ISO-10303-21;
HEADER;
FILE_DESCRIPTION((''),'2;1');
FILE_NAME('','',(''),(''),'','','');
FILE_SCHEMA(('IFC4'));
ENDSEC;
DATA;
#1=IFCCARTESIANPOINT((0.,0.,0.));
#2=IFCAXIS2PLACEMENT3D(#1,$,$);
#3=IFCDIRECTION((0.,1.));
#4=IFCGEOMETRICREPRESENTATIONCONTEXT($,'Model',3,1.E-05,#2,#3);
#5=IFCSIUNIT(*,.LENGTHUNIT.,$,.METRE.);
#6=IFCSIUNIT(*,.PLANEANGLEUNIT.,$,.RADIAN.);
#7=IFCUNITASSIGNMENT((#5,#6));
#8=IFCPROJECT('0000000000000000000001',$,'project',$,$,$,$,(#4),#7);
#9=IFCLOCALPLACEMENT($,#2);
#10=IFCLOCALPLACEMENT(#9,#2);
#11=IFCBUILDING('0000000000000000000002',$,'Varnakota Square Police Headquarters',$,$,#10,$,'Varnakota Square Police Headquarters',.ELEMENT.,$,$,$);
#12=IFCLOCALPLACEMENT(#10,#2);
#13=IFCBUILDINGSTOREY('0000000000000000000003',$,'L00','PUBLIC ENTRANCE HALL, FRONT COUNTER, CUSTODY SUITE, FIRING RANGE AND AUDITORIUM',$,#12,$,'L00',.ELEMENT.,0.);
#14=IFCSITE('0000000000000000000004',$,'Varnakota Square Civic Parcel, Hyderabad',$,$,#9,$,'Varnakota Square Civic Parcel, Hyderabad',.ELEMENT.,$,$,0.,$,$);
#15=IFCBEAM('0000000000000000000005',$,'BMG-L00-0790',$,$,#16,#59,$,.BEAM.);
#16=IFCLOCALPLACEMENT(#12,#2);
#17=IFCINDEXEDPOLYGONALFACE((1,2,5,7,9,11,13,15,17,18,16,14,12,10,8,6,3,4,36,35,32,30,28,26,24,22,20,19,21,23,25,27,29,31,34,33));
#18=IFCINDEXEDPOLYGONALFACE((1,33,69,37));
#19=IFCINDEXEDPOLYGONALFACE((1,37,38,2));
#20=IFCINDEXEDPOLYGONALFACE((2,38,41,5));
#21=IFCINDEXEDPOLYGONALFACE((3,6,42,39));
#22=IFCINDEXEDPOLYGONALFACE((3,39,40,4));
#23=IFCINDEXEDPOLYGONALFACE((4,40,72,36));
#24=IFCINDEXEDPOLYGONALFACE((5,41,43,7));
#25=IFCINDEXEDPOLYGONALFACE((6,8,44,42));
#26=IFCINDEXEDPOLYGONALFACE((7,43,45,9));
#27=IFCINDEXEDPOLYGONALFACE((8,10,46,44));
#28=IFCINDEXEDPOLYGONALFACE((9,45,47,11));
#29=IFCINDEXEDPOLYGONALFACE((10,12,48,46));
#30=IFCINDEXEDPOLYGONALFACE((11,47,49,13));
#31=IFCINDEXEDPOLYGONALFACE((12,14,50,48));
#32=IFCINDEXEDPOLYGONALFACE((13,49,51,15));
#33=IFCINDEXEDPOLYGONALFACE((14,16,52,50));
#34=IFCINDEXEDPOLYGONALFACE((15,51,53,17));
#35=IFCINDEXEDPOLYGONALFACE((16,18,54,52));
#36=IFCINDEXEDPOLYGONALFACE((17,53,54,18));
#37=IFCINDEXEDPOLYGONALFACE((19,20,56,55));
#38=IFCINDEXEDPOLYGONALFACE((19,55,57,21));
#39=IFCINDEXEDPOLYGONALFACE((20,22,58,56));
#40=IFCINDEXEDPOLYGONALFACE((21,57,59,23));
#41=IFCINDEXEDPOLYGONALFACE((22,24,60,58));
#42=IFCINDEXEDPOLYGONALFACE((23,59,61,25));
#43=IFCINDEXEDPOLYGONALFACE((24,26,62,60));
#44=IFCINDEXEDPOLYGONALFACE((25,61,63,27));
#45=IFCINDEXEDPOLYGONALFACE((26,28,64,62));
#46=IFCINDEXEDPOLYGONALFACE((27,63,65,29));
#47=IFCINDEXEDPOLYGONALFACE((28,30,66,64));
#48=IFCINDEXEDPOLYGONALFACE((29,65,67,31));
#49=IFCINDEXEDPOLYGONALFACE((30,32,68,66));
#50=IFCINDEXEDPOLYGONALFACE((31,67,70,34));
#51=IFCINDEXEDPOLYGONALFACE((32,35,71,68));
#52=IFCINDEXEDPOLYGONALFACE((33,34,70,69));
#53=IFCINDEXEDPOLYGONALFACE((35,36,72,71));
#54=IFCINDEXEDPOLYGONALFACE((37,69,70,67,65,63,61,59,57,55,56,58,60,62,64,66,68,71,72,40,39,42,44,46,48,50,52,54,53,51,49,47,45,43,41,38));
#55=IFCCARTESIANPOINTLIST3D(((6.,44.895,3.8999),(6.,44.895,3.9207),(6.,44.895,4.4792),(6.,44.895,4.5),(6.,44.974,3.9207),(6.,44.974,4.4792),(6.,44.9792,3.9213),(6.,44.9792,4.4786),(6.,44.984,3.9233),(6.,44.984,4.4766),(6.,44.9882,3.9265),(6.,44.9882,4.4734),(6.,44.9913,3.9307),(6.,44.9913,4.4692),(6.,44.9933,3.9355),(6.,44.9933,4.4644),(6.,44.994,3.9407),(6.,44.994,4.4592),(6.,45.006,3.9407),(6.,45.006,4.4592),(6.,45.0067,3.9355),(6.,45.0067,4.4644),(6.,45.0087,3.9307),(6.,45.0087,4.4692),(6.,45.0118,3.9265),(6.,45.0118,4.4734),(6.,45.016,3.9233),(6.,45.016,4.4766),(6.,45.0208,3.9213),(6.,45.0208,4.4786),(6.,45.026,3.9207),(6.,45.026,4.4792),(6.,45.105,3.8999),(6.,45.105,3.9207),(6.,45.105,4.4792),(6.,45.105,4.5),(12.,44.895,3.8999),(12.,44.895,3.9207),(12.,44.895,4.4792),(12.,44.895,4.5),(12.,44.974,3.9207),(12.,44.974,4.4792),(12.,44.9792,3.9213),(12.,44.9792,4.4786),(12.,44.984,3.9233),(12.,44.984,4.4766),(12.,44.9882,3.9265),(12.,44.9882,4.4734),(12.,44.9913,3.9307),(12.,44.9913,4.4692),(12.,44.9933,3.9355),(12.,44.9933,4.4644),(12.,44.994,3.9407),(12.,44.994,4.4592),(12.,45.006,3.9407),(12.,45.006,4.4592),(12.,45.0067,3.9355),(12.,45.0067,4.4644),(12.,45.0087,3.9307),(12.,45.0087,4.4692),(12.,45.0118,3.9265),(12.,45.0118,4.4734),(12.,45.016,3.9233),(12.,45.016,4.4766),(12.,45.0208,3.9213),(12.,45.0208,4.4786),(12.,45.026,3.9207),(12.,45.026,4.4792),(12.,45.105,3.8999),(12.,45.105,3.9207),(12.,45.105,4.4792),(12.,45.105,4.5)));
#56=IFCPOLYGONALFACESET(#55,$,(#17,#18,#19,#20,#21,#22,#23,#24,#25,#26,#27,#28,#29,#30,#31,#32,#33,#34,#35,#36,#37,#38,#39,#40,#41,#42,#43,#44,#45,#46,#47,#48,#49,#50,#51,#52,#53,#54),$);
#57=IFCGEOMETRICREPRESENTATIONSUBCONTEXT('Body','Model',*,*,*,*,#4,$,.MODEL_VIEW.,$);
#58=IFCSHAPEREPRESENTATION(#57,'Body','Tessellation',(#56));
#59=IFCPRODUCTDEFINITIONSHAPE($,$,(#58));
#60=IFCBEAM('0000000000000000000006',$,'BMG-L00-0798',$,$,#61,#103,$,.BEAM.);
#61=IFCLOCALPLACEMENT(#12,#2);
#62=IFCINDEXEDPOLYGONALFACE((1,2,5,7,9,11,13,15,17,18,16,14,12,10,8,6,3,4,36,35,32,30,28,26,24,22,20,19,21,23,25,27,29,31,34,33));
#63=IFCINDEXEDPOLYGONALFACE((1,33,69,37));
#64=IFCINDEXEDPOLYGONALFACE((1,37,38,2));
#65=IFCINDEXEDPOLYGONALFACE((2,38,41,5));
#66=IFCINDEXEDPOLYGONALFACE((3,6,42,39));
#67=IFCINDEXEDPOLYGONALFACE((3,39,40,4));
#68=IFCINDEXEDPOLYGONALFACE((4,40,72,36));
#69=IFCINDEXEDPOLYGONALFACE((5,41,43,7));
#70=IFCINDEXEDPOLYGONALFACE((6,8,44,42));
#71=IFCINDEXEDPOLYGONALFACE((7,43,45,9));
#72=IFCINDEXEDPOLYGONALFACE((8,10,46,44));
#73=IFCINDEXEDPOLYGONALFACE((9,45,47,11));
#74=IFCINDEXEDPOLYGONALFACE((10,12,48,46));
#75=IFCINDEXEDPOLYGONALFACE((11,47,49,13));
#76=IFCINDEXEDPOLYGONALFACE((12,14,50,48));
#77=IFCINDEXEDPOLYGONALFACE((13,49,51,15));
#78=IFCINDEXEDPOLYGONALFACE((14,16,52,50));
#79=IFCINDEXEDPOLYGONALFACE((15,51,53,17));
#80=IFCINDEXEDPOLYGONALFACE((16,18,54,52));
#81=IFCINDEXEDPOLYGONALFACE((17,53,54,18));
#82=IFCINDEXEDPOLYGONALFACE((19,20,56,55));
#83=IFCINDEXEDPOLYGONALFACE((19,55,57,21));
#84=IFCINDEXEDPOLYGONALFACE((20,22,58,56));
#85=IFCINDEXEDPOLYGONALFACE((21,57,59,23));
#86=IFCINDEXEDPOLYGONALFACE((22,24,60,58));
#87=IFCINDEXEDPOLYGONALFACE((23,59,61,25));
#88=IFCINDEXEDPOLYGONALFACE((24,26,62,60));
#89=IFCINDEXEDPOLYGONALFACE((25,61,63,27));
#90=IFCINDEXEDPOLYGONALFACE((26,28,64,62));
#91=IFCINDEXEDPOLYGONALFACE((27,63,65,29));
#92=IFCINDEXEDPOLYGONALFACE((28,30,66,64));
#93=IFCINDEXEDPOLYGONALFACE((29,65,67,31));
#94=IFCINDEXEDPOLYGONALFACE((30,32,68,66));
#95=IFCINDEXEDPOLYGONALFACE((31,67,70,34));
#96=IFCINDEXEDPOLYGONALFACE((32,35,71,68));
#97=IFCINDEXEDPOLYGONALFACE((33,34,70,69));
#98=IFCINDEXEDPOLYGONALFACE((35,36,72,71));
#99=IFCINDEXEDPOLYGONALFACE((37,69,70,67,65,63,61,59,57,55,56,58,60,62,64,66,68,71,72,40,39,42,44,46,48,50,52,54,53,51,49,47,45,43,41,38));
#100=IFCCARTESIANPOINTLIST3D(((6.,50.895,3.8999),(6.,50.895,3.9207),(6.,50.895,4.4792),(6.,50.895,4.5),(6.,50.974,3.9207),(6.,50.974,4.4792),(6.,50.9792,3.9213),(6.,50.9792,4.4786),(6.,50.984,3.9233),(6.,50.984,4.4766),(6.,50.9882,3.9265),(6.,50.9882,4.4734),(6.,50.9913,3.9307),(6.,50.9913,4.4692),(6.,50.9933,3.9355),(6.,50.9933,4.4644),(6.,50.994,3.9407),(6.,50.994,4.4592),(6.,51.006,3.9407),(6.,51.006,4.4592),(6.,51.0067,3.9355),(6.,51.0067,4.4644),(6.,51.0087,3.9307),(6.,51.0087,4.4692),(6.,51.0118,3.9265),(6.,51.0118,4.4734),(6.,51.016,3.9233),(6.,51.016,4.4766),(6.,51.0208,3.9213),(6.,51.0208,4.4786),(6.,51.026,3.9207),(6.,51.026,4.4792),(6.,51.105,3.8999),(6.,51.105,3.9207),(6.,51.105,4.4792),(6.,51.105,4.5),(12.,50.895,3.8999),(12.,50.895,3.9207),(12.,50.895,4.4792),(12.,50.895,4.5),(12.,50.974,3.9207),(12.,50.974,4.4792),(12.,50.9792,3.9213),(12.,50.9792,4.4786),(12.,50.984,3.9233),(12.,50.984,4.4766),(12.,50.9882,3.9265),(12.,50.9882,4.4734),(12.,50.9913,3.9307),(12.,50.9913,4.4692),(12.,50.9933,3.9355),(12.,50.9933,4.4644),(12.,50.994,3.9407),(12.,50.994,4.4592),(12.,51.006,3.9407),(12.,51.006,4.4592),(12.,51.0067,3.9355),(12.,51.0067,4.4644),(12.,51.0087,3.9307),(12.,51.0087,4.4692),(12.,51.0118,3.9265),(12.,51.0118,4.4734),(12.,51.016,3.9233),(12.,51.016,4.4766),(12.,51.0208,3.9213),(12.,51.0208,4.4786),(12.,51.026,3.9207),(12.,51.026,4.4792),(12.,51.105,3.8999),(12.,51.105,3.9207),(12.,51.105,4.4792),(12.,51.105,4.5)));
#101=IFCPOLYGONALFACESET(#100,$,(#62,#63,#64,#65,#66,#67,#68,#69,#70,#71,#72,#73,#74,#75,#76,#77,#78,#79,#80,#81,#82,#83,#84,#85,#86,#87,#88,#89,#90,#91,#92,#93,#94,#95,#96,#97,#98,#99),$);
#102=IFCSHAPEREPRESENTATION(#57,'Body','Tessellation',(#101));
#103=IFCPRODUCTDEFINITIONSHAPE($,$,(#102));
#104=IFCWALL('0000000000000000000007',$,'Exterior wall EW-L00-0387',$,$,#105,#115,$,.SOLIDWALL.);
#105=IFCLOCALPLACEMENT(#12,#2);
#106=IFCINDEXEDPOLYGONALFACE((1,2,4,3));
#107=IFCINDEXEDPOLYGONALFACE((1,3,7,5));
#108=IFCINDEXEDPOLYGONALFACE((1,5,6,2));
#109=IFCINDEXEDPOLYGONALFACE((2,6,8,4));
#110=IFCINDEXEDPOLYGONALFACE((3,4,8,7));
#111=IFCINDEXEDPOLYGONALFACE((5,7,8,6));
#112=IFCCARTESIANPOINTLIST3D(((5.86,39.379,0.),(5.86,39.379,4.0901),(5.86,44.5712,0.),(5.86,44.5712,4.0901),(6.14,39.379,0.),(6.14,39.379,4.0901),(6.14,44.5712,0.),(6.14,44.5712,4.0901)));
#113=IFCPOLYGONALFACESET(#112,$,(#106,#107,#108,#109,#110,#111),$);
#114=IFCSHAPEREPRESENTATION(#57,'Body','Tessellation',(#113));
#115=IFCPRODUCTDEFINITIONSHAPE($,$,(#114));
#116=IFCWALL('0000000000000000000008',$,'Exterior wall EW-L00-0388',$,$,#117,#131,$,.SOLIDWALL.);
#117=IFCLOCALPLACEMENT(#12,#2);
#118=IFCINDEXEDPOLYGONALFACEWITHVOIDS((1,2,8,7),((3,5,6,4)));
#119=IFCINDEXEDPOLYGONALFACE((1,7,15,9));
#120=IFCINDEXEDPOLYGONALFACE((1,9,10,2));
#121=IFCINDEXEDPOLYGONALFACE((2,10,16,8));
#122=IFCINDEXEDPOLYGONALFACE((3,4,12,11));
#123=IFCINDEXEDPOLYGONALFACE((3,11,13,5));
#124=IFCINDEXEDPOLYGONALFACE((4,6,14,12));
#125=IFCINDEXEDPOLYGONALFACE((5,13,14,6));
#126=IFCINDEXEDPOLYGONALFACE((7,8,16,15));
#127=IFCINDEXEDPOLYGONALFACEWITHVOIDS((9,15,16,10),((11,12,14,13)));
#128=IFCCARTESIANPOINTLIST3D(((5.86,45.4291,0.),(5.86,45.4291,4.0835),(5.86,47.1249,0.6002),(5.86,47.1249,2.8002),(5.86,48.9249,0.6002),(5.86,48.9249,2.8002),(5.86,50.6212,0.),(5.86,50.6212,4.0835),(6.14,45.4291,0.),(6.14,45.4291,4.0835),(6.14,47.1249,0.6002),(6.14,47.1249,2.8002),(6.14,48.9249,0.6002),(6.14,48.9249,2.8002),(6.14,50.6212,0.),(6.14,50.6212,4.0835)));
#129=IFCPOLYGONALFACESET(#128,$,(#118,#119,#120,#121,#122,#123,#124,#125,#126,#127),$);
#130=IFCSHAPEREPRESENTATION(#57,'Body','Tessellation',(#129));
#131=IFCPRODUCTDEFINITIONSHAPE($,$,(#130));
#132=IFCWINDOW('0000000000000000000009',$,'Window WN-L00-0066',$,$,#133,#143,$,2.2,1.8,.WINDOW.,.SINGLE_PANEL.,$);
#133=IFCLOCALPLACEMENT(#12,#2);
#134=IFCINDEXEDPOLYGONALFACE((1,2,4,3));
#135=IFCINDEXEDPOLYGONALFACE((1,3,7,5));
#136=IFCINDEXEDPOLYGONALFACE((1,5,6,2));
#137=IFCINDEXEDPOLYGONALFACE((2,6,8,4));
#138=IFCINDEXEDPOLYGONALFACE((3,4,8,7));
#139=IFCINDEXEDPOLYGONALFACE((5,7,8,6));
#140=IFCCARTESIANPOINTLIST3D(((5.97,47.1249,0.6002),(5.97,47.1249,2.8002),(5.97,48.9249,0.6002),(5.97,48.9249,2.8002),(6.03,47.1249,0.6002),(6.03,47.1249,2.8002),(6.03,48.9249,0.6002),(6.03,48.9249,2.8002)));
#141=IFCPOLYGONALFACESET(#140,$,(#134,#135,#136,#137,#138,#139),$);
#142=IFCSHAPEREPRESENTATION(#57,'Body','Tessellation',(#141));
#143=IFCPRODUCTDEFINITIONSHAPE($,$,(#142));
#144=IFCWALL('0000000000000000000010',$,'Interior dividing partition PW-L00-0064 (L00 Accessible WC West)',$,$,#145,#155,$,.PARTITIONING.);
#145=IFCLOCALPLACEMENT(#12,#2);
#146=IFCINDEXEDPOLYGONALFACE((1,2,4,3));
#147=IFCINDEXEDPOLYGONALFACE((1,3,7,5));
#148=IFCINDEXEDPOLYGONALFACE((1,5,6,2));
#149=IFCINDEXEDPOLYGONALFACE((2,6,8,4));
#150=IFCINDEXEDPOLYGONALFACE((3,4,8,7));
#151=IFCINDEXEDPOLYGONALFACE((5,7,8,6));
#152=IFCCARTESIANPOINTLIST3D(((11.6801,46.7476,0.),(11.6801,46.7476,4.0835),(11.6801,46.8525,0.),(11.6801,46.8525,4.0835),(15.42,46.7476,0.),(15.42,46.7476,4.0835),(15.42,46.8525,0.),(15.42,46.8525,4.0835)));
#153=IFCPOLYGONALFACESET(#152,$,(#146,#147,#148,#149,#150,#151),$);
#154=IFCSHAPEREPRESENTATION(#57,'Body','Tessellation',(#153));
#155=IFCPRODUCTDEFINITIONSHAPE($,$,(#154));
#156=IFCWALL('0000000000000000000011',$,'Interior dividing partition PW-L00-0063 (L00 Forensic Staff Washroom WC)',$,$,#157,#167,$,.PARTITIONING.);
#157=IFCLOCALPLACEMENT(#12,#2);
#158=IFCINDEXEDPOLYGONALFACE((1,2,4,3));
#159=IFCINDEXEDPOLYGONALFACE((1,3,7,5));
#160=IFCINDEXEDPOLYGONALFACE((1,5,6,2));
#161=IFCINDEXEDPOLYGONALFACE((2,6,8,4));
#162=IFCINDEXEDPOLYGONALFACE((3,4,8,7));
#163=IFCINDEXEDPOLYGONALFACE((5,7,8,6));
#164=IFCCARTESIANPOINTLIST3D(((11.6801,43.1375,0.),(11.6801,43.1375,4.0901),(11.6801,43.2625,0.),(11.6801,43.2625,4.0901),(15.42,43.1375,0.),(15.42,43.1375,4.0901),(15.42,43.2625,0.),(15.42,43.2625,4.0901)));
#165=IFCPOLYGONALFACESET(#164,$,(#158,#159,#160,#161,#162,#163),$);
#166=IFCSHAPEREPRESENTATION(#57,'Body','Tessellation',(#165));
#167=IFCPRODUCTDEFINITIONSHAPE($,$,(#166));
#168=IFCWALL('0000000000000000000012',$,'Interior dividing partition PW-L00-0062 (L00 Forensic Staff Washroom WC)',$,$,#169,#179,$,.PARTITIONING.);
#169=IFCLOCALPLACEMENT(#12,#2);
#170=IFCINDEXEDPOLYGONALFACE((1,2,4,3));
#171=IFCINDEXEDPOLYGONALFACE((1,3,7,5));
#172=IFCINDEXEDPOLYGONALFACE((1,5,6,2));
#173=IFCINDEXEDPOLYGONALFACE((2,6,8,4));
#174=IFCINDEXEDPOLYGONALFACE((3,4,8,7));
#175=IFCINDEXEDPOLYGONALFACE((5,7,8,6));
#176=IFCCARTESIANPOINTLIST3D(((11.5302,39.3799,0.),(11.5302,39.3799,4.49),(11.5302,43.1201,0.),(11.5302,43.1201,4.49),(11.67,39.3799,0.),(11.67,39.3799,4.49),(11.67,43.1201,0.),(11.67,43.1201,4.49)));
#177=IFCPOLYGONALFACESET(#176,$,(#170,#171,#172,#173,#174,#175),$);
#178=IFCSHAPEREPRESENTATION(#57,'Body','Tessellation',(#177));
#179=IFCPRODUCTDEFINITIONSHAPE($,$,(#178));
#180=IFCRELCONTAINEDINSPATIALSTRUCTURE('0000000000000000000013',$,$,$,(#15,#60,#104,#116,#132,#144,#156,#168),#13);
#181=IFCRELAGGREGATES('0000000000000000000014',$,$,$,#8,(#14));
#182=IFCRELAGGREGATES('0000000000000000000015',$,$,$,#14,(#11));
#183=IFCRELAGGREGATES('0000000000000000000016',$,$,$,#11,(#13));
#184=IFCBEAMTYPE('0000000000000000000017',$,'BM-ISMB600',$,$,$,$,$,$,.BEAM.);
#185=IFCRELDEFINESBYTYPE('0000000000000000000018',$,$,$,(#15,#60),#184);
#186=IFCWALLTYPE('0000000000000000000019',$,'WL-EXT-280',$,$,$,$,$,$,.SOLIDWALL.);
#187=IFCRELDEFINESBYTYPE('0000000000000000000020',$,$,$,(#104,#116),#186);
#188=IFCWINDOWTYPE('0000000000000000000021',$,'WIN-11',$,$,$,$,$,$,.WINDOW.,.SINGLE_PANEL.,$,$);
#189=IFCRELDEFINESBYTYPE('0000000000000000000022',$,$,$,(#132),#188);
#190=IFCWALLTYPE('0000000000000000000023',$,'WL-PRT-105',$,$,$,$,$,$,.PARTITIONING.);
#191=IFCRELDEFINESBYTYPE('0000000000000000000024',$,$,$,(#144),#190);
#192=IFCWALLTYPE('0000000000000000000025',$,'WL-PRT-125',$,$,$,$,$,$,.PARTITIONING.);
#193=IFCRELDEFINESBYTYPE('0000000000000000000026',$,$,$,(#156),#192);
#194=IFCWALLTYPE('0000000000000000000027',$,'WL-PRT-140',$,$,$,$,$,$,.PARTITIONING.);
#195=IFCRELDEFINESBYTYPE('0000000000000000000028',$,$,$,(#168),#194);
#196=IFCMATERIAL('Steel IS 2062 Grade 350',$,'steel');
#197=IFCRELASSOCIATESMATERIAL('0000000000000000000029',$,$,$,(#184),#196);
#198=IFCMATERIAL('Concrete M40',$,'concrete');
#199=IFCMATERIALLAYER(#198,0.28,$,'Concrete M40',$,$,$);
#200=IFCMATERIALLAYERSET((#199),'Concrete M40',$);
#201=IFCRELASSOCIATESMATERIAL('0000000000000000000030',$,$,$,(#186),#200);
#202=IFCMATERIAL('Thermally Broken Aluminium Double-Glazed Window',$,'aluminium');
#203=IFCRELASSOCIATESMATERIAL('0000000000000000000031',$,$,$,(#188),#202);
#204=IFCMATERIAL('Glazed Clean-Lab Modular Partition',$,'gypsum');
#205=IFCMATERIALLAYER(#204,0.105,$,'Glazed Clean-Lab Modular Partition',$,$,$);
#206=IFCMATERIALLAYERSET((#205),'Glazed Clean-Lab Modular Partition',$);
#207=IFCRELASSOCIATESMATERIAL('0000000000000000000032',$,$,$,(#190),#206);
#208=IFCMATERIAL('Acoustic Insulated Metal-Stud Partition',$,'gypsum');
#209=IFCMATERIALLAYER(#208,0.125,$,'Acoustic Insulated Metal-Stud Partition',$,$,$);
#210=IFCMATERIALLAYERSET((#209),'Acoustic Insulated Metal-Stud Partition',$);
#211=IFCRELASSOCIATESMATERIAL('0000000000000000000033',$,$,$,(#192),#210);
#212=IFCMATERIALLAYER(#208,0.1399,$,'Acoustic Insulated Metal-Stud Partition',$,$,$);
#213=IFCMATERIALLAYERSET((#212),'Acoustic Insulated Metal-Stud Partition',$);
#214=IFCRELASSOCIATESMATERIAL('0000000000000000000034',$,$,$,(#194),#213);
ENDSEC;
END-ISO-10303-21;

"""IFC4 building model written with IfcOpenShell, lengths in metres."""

from ifc_helpers import new_model, si_unit, direction, frame, frame_2d, origin, origin_2d, place, context, subcontext, project, spatial, rectangle, i_section, extrude, material, layer, layer_set, material_profile, profile_set, type_object, element, fill, save


model = new_model("IFC4")

# Units and contexts
model_context = context("Model", 3, precision=1e-05, world=origin(), true_north=direction((0.0, 1.0)))
body_context = subcontext(model_context, "Body", "Model", "MODEL_VIEW")
ifc_project = project(units=[si_unit("LENGTHUNIT", "METRE"), si_unit("PLANEANGLEUNIT", "RADIAN")], contexts=[model_context])

# Site, building, storey
site_placement = place(None, origin())
site = spatial("IfcSite", under=ifc_project, at=site_placement, Name="Varnakota Square Civic Parcel, Hyderabad", LongName="Varnakota Square Civic Parcel, Hyderabad", CompositionType="ELEMENT", RefElevation=0.0)
building_placement = place(site_placement, origin())
building = spatial("IfcBuilding", under=site, at=building_placement, Name="Varnakota Square Police Headquarters", LongName="Varnakota Square Police Headquarters", CompositionType="ELEMENT")
storey_placement = place(building_placement, origin())
storey = spatial("IfcBuildingStorey", under=building, at=storey_placement, Name="L00", Description="PUBLIC ENTRANCE HALL, FRONT COUNTER, CUSTODY SUITE, FIRING RANGE AND AUDITORIUM", LongName="L00", CompositionType="ELEMENT", Elevation=0.0)

# Beams
ifc_material_1 = material(Name="Steel IS 2062 Grade 350", Category="steel")
ifc_material_profile_1 = material_profile(ifc_material_1, i_section(OverallWidth=0.21, OverallDepth=0.6001, WebThickness=0.012, FlangeThickness=0.0208, FilletRadius=0.02, at=origin_2d()), Name="ISMB 600")
ifc_profile_set_1 = profile_set([ifc_material_profile_1], Name="Steel IS 2062 Grade 350")
beam_type_1 = type_object("IfcBeamType", Name="BM-ISMB600", PredefinedType="BEAM", material=ifc_profile_set_1)
for number, where, z_axis, x_axis, name in (
    (1, (6.0, 45.0, 4.2), (1.0, 0.0, 0.0), (0.0, 1.0, 0.0), "BMG-L00-0790"),
    (2, (6.0, 51.0, 4.2), (1.0, 0.0, 0.0), (0.0, 1.0, 0.0), "BMG-L00-0798"),
):
    element("IfcBeam", number, at=place(storey_placement, frame(where, z_axis=z_axis, x_axis=x_axis)), inside=storey, type_object=beam_type_1, Name=name, PredefinedType="BEAM", context=body_context, shape_type="SweptSolid", body=[
        extrude(i_section(OverallWidth=0.21, OverallDepth=0.6001, WebThickness=0.012, FlangeThickness=0.0208, FilletRadius=0.02, at=origin_2d()), origin(), (0.0, 0.0, 1.0), 6.0),
    ])

# Wall
ifc_material_2 = material(Name="Concrete M40", Category="concrete")
ifc_layer_1 = layer(ifc_material_2, 0.28, Name="Concrete M40")
ifc_layer_set_1 = layer_set([ifc_layer_1], Name="Concrete M40")
wall_type_1 = type_object("IfcWallType", Name="WL-EXT-280", PredefinedType="SOLIDWALL", material=ifc_layer_set_1)
wall_1_placement = place(storey_placement, frame((6.0, 39.3789, 0.0), z_axis=(0.0, 0.0, 1.0), x_axis=(0.0, 1.0, 0.0)))
element("IfcWall", 3, at=wall_1_placement, inside=storey, type_object=wall_type_1, Name="Exterior wall EW-L00-0387", PredefinedType="SOLIDWALL", context=body_context, shape_type="SweptSolid", body=[
    extrude(rectangle(XDim=5.1921, YDim=0.28, at=frame_2d((2.5962, 0.0))), origin(), (0.0, 0.0, 1.0), 4.0901),
])

# Wall, opening, window
wall_2_placement = place(storey_placement, frame((6.0, 45.429, 0.0), z_axis=(0.0, 0.0, 1.0), x_axis=(0.0, 1.0, 0.0)))
wall_2 = element("IfcWall", 4, at=wall_2_placement, inside=storey, type_object=wall_type_1, Name="Exterior wall EW-L00-0388", PredefinedType="SOLIDWALL", context=body_context, shape_type="SweptSolid", body=[
    extrude(rectangle(XDim=5.1921, YDim=0.28, at=frame_2d((2.5962, 0.0))), origin(), (0.0, 0.0, 1.0), 4.0835),
])
opening_placement = place(wall_2_placement, frame((1.696, 0.0, 0.6001)))
opening = element("IfcOpeningElement", 5, at=opening_placement, cuts=wall_2, PredefinedType="OPENING", context=body_context, shape_type="SweptSolid", body=[
    extrude(rectangle(XDim=1.8, YDim=2.2, at=frame_2d((0.8999, 1.1001))), frame((0.0, 0.1499, 0.0), z_axis=(0.0, -1.0, 0.0), x_axis=(1.0, 0.0, 0.0)), (0.0, 0.0, 1.0), 0.3),
])
ifc_material_3 = material(Name="Thermally Broken Aluminium Double-Glazed Window", Category="aluminium")
window_type = type_object("IfcWindowType", Name="WIN-11", PartitioningType="SINGLE_PANEL", PredefinedType="WINDOW", material=ifc_material_3)
window_placement = place(opening_placement, origin())
window = element("IfcWindow", 6, at=window_placement, inside=storey, type_object=window_type, Name="Window WN-L00-0066", OverallHeight=2.2, OverallWidth=1.8, PartitioningType="SINGLE_PANEL", PredefinedType="WINDOW", context=body_context, shape_type="SweptSolid", body=[
    extrude(rectangle(XDim=1.8, YDim=2.2, at=frame_2d((0.8999, 1.1001))), frame((0.0, 0.03, 0.0), z_axis=(0.0, -1.0, 0.0), x_axis=(1.0, 0.0, 0.0)), (0.0, 0.0, 1.0), 0.0601),
])
fill(opening, window)

# Walls
ifc_material_4 = material(Name="Glazed Clean-Lab Modular Partition", Category="gypsum")
ifc_layer_2 = layer(ifc_material_4, 0.105, Name="Glazed Clean-Lab Modular Partition")
ifc_layer_set_2 = layer_set([ifc_layer_2], Name="Glazed Clean-Lab Modular Partition")
wall_type_2 = type_object("IfcWallType", Name="WL-PRT-105", PredefinedType="PARTITIONING", material=ifc_layer_set_2)
wall_3_placement = place(storey_placement, frame((11.6799, 46.8, 0.0), z_axis=(0.0, 0.0, 1.0), x_axis=(1.0, 0.0, 0.0)))
element("IfcWall", 7, at=wall_3_placement, inside=storey, type_object=wall_type_2, Name="Interior dividing partition PW-L00-0064 (L00 Accessible WC West)", PredefinedType="PARTITIONING", context=body_context, shape_type="SweptSolid", body=[
    extrude(rectangle(XDim=3.74, YDim=0.105, at=frame_2d((1.8701, 0.0))), origin(), (0.0, 0.0, 1.0), 4.0835),
])
ifc_material_5 = material(Name="Acoustic Insulated Metal-Stud Partition", Category="gypsum")
ifc_layer_3 = layer(ifc_material_5, 0.125, Name="Acoustic Insulated Metal-Stud Partition")
ifc_layer_set_3 = layer_set([ifc_layer_3], Name="Acoustic Insulated Metal-Stud Partition")
wall_type_3 = type_object("IfcWallType", Name="WL-PRT-125", PredefinedType="PARTITIONING", material=ifc_layer_set_3)
wall_4_placement = place(storey_placement, frame((11.6799, 43.2, 0.0), z_axis=(0.0, 0.0, 1.0), x_axis=(1.0, 0.0, 0.0)))
element("IfcWall", 8, at=wall_4_placement, inside=storey, type_object=wall_type_3, Name="Interior dividing partition PW-L00-0063 (L00 Forensic Staff Washroom WC)", PredefinedType="PARTITIONING", context=body_context, shape_type="SweptSolid", body=[
    extrude(rectangle(XDim=3.74, YDim=0.125, at=frame_2d((1.8701, 0.0))), origin(), (0.0, 0.0, 1.0), 4.0901),
])
ifc_layer_4 = layer(ifc_material_5, 0.1399, Name="Acoustic Insulated Metal-Stud Partition")
ifc_layer_set_4 = layer_set([ifc_layer_4], Name="Acoustic Insulated Metal-Stud Partition")
wall_type_4 = type_object("IfcWallType", Name="WL-PRT-140", PredefinedType="PARTITIONING", material=ifc_layer_set_4)
wall_5_placement = place(storey_placement, frame((11.6001, 39.3799, 0.0), z_axis=(0.0, 0.0, 1.0), x_axis=(0.0, 1.0, 0.0)))
element("IfcWall", 9, at=wall_5_placement, inside=storey, type_object=wall_type_4, Name="Interior dividing partition PW-L00-0062 (L00 Forensic Staff Washroom WC)", PredefinedType="PARTITIONING", context=body_context, shape_type="SweptSolid", body=[
    extrude(rectangle(XDim=3.7402, YDim=0.1399, at=frame_2d((1.8701, 0.0))), origin(), (0.0, 0.0, 1.0), 4.49),
])

save(model, "model.ifc")
